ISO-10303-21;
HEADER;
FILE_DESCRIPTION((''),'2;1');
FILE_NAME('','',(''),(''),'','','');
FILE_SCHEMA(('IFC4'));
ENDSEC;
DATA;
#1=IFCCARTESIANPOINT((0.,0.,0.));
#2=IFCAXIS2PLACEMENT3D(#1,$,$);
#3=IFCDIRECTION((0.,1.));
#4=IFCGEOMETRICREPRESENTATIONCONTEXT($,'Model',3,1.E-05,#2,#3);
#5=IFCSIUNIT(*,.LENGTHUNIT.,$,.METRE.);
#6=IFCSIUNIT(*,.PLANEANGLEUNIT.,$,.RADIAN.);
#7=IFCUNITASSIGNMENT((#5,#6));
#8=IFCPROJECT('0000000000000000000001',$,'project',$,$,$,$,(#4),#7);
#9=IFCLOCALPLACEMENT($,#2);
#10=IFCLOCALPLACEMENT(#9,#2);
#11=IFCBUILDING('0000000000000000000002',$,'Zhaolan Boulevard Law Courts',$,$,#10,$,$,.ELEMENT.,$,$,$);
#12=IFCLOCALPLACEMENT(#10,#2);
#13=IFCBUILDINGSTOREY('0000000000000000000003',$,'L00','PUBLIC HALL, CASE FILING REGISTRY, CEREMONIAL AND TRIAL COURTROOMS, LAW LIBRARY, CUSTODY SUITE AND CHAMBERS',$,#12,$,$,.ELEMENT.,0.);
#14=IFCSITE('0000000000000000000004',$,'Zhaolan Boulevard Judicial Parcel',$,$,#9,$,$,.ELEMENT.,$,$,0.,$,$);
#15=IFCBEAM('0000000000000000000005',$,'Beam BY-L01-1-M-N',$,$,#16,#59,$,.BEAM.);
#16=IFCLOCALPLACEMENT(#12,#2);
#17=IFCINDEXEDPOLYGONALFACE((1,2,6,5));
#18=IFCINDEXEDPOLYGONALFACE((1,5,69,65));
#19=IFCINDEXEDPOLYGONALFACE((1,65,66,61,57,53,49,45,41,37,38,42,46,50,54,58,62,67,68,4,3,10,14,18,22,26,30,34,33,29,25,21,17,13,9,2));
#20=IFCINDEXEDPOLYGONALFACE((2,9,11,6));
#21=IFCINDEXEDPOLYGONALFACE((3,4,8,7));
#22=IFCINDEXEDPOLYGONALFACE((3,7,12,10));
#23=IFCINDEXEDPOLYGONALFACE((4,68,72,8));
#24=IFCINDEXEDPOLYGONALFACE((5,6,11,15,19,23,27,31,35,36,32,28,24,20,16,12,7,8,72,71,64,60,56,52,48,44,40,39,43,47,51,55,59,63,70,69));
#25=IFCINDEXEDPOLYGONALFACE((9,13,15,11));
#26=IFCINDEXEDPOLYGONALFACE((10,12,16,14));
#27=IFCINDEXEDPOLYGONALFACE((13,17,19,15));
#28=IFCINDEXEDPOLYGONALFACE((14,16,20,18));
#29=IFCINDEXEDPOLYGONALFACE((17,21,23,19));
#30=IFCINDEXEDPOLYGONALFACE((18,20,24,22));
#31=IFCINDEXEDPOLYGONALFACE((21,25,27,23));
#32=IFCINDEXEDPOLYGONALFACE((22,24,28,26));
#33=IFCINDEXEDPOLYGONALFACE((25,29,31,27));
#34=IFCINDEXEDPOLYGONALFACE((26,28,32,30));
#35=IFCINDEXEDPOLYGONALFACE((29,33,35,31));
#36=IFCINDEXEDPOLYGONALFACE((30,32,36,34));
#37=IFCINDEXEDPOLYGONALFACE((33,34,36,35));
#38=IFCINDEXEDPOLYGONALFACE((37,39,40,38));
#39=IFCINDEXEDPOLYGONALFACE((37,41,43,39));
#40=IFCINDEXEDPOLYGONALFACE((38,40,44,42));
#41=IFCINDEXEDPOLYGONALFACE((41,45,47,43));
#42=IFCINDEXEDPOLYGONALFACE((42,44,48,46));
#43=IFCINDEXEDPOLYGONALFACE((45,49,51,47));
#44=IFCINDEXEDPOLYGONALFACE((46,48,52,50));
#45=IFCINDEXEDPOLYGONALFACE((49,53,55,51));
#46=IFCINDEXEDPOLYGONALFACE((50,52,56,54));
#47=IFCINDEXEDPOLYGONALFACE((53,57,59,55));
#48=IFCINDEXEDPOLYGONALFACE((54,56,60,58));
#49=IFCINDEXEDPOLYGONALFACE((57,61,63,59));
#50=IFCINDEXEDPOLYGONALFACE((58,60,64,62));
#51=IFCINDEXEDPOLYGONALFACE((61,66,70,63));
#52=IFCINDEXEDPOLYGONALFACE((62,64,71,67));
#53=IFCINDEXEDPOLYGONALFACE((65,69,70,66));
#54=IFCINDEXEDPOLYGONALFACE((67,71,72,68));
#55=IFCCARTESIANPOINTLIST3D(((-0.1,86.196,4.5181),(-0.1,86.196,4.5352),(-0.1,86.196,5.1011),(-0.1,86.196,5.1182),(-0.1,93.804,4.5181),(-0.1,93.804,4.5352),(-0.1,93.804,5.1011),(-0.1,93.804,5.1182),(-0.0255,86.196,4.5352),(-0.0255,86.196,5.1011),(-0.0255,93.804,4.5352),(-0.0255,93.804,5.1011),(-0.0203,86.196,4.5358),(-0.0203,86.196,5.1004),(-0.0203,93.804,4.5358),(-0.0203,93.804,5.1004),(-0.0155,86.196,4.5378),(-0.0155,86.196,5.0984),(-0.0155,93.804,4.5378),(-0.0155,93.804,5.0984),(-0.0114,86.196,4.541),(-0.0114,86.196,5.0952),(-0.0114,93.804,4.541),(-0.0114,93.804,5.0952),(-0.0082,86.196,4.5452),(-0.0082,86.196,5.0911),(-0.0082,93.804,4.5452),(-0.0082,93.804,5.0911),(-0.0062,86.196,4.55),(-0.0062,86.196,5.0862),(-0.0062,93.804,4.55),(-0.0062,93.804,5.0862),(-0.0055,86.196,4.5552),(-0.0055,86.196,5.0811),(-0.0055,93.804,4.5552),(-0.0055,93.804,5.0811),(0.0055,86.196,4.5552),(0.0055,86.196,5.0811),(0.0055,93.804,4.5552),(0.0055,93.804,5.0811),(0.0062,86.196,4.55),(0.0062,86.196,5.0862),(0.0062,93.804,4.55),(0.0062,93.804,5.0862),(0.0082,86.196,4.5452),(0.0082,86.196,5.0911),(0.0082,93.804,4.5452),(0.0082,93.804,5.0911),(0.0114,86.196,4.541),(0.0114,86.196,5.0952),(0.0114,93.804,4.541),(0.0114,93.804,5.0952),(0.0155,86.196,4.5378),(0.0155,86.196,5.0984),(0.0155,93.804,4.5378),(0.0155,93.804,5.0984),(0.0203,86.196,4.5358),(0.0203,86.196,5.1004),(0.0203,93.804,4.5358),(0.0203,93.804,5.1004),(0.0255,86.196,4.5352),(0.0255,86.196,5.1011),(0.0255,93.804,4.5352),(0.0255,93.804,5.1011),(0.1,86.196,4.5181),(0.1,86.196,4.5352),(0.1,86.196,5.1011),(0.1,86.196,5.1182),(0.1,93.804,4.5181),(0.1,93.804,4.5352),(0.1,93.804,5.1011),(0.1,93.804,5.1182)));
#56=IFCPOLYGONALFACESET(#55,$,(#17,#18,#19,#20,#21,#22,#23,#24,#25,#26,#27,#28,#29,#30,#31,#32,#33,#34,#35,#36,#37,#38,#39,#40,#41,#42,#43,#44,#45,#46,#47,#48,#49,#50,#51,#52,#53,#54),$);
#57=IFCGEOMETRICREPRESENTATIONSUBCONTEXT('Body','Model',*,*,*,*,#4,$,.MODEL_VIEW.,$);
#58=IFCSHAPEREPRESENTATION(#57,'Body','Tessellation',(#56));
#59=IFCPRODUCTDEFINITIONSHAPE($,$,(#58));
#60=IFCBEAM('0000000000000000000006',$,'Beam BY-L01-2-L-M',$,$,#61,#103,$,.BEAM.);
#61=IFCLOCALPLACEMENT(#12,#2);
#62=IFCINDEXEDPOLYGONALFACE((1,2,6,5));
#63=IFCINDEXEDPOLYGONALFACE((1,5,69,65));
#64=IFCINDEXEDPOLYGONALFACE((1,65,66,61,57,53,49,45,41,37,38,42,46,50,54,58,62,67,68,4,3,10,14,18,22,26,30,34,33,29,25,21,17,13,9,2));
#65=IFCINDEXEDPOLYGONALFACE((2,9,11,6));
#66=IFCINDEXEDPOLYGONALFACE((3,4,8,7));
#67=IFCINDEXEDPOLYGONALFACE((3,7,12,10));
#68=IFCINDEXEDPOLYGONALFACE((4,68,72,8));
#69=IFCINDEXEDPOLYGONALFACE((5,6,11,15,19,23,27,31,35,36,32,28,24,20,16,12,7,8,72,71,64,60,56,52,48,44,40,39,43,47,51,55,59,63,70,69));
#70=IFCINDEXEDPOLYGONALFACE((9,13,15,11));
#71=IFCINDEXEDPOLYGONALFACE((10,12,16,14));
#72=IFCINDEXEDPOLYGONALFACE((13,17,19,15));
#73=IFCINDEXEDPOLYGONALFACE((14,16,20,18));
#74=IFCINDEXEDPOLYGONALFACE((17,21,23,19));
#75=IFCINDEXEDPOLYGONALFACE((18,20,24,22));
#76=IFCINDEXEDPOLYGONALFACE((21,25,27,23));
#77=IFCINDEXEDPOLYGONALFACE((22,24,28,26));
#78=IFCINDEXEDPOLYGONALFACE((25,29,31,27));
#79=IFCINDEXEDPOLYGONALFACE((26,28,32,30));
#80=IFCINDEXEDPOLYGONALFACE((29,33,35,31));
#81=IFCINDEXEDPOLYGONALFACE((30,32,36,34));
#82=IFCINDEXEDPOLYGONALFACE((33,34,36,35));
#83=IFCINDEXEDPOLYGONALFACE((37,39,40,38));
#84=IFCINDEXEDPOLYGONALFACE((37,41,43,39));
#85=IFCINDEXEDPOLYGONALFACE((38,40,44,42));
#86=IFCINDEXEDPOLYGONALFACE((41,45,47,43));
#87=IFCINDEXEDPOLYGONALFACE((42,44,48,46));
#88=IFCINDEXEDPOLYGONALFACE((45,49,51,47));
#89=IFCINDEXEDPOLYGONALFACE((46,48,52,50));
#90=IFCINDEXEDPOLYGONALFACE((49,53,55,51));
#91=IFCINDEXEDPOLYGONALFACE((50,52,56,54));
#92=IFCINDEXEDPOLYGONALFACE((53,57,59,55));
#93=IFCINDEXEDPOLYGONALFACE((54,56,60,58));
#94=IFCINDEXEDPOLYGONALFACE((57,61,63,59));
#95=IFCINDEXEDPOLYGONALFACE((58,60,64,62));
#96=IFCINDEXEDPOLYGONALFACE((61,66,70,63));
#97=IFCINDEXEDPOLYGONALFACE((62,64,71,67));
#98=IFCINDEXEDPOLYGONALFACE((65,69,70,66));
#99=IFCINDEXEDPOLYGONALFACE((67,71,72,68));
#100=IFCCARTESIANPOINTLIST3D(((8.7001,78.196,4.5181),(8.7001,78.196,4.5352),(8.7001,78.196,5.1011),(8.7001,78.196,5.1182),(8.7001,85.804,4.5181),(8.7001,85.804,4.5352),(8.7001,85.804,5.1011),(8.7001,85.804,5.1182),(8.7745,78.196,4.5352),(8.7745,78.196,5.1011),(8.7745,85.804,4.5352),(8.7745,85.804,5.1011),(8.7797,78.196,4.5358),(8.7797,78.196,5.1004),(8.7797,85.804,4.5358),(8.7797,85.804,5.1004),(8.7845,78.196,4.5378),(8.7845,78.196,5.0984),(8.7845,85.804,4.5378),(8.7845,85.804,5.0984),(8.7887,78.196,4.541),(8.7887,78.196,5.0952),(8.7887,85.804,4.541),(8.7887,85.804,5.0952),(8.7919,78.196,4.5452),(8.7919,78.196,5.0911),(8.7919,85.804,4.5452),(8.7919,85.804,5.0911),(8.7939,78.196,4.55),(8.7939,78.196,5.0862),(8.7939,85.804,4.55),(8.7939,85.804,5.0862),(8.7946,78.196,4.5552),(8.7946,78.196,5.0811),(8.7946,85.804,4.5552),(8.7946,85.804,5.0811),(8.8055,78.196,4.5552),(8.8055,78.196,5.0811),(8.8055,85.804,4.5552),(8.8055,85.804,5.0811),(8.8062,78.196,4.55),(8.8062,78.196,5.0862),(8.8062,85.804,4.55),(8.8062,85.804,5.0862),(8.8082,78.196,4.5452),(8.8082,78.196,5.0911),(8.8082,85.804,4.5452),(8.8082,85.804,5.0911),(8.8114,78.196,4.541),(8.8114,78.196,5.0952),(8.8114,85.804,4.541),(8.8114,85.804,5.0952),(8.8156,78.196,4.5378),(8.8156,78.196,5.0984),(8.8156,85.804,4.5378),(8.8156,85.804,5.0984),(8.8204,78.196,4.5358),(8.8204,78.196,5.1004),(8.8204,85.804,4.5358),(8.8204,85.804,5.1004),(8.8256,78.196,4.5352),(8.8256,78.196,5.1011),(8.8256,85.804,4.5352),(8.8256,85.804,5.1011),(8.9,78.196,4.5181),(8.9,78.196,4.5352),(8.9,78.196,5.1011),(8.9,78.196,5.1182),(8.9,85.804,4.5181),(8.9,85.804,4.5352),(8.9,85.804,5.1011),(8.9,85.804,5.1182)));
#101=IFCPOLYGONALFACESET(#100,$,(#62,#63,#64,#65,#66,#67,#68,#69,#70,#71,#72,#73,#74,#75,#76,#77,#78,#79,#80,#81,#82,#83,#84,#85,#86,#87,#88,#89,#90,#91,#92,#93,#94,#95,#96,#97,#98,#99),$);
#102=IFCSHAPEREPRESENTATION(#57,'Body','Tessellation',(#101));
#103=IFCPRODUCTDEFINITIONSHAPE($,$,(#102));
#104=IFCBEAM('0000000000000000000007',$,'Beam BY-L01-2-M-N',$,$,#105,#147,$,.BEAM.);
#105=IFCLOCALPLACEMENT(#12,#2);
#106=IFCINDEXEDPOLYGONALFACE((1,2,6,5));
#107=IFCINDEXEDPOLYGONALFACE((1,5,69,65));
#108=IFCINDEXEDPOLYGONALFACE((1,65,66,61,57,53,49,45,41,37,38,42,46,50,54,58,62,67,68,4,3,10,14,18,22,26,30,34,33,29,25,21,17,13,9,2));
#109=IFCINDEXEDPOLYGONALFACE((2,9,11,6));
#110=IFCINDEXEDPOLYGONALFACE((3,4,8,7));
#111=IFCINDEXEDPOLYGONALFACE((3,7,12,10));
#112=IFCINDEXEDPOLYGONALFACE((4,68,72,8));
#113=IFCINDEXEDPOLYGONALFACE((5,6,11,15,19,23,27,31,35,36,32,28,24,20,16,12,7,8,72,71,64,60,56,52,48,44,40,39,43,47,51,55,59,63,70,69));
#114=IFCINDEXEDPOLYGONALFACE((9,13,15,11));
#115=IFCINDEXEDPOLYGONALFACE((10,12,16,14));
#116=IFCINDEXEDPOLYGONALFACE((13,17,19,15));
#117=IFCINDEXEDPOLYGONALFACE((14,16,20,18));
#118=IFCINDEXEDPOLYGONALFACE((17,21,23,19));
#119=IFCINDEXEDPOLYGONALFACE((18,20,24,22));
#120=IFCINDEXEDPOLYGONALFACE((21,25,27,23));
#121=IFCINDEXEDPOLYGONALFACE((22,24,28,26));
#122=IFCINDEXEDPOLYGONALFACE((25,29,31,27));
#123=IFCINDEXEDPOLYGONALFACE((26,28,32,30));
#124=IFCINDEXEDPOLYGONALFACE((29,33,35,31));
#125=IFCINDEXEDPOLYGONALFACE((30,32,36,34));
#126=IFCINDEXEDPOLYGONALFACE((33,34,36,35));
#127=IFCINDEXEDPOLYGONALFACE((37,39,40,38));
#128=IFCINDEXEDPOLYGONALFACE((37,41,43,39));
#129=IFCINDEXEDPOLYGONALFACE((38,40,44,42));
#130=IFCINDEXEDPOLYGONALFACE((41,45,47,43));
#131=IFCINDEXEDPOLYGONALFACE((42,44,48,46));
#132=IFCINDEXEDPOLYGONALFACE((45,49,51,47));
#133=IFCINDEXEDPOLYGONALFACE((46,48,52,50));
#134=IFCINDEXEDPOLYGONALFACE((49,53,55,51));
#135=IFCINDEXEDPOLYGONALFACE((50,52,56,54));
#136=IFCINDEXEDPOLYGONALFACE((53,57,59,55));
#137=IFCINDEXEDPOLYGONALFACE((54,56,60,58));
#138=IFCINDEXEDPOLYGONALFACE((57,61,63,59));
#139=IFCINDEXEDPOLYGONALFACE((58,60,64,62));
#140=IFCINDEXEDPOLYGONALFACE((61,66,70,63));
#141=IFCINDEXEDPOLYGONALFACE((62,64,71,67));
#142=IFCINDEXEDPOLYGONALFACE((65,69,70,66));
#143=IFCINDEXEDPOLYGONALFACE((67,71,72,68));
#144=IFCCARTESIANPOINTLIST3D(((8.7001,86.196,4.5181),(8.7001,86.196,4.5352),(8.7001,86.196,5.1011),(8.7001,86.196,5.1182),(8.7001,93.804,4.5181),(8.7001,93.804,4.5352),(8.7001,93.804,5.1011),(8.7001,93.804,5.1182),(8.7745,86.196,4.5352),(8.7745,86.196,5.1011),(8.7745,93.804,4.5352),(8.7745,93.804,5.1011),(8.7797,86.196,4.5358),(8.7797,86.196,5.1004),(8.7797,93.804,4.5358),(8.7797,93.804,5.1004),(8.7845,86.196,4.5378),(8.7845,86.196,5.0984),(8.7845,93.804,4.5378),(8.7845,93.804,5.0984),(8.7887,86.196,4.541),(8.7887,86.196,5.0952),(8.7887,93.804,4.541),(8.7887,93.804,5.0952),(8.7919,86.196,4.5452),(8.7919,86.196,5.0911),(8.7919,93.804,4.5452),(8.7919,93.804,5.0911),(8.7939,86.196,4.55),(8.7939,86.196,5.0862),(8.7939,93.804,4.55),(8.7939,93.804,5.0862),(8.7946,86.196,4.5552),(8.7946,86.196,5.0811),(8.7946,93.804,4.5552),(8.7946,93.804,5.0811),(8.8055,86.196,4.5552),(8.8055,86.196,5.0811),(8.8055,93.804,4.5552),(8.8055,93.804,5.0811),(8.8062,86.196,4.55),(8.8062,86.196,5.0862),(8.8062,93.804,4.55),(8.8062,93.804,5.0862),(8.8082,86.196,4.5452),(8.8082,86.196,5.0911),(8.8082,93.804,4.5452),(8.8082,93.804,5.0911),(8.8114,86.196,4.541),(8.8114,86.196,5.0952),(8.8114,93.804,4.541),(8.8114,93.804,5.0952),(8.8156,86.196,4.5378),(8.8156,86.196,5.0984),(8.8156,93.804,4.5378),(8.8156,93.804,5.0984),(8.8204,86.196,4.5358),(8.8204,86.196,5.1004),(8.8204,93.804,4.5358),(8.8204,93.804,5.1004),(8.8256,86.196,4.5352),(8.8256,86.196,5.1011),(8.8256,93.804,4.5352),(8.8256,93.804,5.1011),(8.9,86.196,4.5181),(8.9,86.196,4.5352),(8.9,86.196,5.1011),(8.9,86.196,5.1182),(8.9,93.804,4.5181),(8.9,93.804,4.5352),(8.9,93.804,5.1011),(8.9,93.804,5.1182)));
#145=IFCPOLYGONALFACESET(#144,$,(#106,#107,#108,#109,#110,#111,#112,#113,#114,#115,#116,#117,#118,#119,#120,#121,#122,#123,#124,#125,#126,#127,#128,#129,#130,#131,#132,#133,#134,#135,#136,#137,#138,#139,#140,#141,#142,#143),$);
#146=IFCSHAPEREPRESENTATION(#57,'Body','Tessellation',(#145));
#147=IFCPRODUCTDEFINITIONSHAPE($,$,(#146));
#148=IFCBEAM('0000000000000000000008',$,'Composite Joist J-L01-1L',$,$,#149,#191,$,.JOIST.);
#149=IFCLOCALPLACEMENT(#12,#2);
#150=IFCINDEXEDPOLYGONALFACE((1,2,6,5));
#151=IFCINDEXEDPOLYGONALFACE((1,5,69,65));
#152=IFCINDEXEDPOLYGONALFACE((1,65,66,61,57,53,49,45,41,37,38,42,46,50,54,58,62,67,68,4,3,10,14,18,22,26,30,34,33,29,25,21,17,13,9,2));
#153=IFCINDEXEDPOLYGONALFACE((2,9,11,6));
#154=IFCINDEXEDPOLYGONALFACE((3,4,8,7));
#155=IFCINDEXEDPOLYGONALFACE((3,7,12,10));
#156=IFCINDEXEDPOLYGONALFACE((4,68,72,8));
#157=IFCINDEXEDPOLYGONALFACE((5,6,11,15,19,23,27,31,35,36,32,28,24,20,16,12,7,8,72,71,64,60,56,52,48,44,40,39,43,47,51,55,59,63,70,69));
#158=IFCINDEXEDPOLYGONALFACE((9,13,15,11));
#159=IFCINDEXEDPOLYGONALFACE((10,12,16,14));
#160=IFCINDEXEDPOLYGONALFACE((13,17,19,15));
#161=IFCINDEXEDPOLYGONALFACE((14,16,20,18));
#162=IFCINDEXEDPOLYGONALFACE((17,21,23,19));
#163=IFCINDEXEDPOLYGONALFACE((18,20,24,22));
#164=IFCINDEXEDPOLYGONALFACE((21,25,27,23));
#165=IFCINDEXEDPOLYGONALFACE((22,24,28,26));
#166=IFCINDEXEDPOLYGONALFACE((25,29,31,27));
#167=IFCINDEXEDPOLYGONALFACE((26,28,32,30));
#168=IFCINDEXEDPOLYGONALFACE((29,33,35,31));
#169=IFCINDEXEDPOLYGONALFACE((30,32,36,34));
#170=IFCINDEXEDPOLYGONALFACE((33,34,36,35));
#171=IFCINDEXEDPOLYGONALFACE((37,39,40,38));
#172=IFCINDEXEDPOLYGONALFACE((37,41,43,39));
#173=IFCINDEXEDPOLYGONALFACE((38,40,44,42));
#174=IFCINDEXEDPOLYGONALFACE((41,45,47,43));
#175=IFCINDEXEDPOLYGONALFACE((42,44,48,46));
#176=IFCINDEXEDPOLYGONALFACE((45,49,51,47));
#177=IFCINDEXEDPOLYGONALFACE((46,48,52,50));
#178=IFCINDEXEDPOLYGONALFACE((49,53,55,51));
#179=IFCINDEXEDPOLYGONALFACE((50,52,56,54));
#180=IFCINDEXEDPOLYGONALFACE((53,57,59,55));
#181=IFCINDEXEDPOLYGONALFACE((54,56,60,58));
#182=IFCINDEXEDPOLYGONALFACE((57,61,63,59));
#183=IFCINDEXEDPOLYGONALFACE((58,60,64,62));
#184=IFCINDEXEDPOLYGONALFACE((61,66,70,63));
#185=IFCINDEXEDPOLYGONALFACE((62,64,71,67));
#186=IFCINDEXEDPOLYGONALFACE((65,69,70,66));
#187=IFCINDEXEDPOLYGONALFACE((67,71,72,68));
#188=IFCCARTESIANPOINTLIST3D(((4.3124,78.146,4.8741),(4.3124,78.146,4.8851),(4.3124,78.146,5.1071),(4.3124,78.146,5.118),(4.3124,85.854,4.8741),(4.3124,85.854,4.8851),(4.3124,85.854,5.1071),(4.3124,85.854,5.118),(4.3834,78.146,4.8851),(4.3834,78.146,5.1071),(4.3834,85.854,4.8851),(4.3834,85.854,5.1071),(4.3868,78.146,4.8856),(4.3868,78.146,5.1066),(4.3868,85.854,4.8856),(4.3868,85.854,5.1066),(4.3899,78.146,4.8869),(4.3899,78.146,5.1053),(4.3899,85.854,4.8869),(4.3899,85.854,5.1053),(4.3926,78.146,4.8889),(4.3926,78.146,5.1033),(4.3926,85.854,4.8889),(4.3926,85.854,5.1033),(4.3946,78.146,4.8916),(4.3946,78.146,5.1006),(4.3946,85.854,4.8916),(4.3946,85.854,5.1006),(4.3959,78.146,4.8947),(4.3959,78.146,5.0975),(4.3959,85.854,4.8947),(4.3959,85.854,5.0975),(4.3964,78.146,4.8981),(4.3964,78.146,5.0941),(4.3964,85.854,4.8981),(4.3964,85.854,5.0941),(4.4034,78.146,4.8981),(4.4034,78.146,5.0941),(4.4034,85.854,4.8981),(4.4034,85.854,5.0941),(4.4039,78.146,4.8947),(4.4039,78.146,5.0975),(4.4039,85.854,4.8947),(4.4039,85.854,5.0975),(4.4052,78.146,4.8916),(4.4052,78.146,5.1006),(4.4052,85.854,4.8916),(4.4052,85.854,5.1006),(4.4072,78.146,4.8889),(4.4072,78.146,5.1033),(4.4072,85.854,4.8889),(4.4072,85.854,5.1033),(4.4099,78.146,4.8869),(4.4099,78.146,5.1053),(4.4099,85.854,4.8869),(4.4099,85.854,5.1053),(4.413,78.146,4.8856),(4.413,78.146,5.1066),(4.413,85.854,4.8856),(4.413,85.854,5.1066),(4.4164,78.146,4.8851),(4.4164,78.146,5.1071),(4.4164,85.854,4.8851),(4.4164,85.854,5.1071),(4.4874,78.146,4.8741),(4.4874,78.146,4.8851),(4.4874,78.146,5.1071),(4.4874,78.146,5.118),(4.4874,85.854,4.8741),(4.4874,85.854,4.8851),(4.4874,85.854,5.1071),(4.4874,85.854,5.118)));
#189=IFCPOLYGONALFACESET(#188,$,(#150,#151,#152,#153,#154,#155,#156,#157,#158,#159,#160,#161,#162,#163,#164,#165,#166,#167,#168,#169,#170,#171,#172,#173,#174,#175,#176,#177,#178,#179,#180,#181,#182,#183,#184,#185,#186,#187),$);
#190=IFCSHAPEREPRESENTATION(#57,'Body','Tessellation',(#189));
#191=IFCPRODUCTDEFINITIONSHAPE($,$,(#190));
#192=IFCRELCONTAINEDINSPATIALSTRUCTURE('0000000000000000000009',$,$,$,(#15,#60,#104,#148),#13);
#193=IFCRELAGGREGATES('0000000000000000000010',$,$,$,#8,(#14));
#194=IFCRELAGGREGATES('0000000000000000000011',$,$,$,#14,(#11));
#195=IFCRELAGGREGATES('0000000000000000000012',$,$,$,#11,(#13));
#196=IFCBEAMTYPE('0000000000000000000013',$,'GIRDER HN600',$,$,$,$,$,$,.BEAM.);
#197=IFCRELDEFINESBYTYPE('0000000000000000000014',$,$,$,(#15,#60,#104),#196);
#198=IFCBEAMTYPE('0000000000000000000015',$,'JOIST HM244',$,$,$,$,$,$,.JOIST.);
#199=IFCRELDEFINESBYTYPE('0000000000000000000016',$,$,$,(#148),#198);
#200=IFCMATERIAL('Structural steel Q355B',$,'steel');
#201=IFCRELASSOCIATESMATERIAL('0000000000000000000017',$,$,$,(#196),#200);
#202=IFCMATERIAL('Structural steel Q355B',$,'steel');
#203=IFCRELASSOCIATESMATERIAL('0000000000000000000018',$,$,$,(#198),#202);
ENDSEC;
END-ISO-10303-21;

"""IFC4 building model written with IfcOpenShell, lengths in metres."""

from ifc_helpers import new_model, si_unit, direction, frame, origin, origin_2d, place, context, subcontext, project, spatial, i_section, extrude, material, material_profile, profile_set, type_object, element, save


model = new_model("IFC4")

# Units and contexts
model_context = context("Model", 3, precision=1e-05, world=origin(), true_north=direction((0.0, 1.0)))
body_context = subcontext(model_context, "Body", "Model", "MODEL_VIEW")
ifc_project = project(units=[si_unit("LENGTHUNIT", "METRE"), si_unit("PLANEANGLEUNIT", "RADIAN")], contexts=[model_context])

# Site, building, storey
site_placement = place(None, origin())
site = spatial("IfcSite", under=ifc_project, at=site_placement, Name="Zhaolan Boulevard Judicial Parcel", CompositionType="ELEMENT", RefElevation=0.0)
building_placement = place(site_placement, origin())
building = spatial("IfcBuilding", under=site, at=building_placement, Name="Zhaolan Boulevard Law Courts", CompositionType="ELEMENT")
storey_placement = place(building_placement, origin())
storey = spatial("IfcBuildingStorey", under=building, at=storey_placement, Name="L00", Description="PUBLIC HALL, CASE FILING REGISTRY, CEREMONIAL AND TRIAL COURTROOMS, LAW LIBRARY, CUSTODY SUITE AND CHAMBERS", CompositionType="ELEMENT", Elevation=0.0)

# Beams
ifc_material_1 = material(Name="Structural steel Q355B", Category="steel")
ifc_material_profile_1 = material_profile(ifc_material_1, i_section(OverallWidth=0.2, OverallDepth=0.6001, WebThickness=0.011, FlangeThickness=0.0171, FilletRadius=0.02, at=origin_2d()), Name="HN600x200")
ifc_profile_set_1 = profile_set([ifc_material_profile_1], Name="Structural steel Q355B")
beam_type_1 = type_object("IfcBeamType", Name="GIRDER HN600", PredefinedType="BEAM", material=ifc_profile_set_1)
for number, where, z_axis, x_axis, name in (
    (1, (0.0, 86.196, 4.8181), (0.0, 1.0, 0.0), (-1.0, 0.0, 0.0), "Beam BY-L01-1-M-N"),
    (2, (8.8, 78.196, 4.8181), (0.0, 1.0, 0.0), (-1.0, 0.0, 0.0), "Beam BY-L01-2-L-M"),
    (3, (8.8, 86.196, 4.8181), (0.0, 1.0, 0.0), (-1.0, 0.0, 0.0), "Beam BY-L01-2-M-N"),
):
    element("IfcBeam", number, at=place(storey_placement, frame(where, z_axis=z_axis, x_axis=x_axis)), inside=storey, type_object=beam_type_1, Name=name, PredefinedType="BEAM", context=body_context, shape_type="SweptSolid", body=[
        extrude(i_section(OverallWidth=0.2, OverallDepth=0.6001, WebThickness=0.011, FlangeThickness=0.0171, FilletRadius=0.02, at=origin_2d()), origin(), (0.0, 0.0, 1.0), 7.6079),
    ])
ifc_material_2 = material(Name="Structural steel Q355B", Category="steel")
ifc_material_profile_2 = material_profile(ifc_material_2, i_section(OverallWidth=0.175, OverallDepth=0.2439, WebThickness=0.0071, FlangeThickness=0.011, FilletRadius=0.0129, at=origin_2d()), Name="HM244x175")
ifc_profile_set_2 = profile_set([ifc_material_profile_2], Name="Structural steel Q355B")
beam_type_2 = type_object("IfcBeamType", Name="JOIST HM244", PredefinedType="JOIST", material=ifc_profile_set_2)
beam_1_placement = place(storey_placement, frame((4.3999, 78.146, 4.9961), z_axis=(0.0, 1.0, 0.0), x_axis=(-1.0, 0.0, 0.0)))
element("IfcBeam", 4, at=beam_1_placement, inside=storey, type_object=beam_type_2, Name="Composite Joist J-L01-1L", PredefinedType="JOIST", context=body_context, shape_type="SweptSolid", body=[
    extrude(i_section(OverallWidth=0.175, OverallDepth=0.2439, WebThickness=0.0071, FlangeThickness=0.011, FilletRadius=0.0129, at=origin_2d()), origin(), (0.0, 0.0, 1.0), 7.708),
])

save(model, "model.ifc")
